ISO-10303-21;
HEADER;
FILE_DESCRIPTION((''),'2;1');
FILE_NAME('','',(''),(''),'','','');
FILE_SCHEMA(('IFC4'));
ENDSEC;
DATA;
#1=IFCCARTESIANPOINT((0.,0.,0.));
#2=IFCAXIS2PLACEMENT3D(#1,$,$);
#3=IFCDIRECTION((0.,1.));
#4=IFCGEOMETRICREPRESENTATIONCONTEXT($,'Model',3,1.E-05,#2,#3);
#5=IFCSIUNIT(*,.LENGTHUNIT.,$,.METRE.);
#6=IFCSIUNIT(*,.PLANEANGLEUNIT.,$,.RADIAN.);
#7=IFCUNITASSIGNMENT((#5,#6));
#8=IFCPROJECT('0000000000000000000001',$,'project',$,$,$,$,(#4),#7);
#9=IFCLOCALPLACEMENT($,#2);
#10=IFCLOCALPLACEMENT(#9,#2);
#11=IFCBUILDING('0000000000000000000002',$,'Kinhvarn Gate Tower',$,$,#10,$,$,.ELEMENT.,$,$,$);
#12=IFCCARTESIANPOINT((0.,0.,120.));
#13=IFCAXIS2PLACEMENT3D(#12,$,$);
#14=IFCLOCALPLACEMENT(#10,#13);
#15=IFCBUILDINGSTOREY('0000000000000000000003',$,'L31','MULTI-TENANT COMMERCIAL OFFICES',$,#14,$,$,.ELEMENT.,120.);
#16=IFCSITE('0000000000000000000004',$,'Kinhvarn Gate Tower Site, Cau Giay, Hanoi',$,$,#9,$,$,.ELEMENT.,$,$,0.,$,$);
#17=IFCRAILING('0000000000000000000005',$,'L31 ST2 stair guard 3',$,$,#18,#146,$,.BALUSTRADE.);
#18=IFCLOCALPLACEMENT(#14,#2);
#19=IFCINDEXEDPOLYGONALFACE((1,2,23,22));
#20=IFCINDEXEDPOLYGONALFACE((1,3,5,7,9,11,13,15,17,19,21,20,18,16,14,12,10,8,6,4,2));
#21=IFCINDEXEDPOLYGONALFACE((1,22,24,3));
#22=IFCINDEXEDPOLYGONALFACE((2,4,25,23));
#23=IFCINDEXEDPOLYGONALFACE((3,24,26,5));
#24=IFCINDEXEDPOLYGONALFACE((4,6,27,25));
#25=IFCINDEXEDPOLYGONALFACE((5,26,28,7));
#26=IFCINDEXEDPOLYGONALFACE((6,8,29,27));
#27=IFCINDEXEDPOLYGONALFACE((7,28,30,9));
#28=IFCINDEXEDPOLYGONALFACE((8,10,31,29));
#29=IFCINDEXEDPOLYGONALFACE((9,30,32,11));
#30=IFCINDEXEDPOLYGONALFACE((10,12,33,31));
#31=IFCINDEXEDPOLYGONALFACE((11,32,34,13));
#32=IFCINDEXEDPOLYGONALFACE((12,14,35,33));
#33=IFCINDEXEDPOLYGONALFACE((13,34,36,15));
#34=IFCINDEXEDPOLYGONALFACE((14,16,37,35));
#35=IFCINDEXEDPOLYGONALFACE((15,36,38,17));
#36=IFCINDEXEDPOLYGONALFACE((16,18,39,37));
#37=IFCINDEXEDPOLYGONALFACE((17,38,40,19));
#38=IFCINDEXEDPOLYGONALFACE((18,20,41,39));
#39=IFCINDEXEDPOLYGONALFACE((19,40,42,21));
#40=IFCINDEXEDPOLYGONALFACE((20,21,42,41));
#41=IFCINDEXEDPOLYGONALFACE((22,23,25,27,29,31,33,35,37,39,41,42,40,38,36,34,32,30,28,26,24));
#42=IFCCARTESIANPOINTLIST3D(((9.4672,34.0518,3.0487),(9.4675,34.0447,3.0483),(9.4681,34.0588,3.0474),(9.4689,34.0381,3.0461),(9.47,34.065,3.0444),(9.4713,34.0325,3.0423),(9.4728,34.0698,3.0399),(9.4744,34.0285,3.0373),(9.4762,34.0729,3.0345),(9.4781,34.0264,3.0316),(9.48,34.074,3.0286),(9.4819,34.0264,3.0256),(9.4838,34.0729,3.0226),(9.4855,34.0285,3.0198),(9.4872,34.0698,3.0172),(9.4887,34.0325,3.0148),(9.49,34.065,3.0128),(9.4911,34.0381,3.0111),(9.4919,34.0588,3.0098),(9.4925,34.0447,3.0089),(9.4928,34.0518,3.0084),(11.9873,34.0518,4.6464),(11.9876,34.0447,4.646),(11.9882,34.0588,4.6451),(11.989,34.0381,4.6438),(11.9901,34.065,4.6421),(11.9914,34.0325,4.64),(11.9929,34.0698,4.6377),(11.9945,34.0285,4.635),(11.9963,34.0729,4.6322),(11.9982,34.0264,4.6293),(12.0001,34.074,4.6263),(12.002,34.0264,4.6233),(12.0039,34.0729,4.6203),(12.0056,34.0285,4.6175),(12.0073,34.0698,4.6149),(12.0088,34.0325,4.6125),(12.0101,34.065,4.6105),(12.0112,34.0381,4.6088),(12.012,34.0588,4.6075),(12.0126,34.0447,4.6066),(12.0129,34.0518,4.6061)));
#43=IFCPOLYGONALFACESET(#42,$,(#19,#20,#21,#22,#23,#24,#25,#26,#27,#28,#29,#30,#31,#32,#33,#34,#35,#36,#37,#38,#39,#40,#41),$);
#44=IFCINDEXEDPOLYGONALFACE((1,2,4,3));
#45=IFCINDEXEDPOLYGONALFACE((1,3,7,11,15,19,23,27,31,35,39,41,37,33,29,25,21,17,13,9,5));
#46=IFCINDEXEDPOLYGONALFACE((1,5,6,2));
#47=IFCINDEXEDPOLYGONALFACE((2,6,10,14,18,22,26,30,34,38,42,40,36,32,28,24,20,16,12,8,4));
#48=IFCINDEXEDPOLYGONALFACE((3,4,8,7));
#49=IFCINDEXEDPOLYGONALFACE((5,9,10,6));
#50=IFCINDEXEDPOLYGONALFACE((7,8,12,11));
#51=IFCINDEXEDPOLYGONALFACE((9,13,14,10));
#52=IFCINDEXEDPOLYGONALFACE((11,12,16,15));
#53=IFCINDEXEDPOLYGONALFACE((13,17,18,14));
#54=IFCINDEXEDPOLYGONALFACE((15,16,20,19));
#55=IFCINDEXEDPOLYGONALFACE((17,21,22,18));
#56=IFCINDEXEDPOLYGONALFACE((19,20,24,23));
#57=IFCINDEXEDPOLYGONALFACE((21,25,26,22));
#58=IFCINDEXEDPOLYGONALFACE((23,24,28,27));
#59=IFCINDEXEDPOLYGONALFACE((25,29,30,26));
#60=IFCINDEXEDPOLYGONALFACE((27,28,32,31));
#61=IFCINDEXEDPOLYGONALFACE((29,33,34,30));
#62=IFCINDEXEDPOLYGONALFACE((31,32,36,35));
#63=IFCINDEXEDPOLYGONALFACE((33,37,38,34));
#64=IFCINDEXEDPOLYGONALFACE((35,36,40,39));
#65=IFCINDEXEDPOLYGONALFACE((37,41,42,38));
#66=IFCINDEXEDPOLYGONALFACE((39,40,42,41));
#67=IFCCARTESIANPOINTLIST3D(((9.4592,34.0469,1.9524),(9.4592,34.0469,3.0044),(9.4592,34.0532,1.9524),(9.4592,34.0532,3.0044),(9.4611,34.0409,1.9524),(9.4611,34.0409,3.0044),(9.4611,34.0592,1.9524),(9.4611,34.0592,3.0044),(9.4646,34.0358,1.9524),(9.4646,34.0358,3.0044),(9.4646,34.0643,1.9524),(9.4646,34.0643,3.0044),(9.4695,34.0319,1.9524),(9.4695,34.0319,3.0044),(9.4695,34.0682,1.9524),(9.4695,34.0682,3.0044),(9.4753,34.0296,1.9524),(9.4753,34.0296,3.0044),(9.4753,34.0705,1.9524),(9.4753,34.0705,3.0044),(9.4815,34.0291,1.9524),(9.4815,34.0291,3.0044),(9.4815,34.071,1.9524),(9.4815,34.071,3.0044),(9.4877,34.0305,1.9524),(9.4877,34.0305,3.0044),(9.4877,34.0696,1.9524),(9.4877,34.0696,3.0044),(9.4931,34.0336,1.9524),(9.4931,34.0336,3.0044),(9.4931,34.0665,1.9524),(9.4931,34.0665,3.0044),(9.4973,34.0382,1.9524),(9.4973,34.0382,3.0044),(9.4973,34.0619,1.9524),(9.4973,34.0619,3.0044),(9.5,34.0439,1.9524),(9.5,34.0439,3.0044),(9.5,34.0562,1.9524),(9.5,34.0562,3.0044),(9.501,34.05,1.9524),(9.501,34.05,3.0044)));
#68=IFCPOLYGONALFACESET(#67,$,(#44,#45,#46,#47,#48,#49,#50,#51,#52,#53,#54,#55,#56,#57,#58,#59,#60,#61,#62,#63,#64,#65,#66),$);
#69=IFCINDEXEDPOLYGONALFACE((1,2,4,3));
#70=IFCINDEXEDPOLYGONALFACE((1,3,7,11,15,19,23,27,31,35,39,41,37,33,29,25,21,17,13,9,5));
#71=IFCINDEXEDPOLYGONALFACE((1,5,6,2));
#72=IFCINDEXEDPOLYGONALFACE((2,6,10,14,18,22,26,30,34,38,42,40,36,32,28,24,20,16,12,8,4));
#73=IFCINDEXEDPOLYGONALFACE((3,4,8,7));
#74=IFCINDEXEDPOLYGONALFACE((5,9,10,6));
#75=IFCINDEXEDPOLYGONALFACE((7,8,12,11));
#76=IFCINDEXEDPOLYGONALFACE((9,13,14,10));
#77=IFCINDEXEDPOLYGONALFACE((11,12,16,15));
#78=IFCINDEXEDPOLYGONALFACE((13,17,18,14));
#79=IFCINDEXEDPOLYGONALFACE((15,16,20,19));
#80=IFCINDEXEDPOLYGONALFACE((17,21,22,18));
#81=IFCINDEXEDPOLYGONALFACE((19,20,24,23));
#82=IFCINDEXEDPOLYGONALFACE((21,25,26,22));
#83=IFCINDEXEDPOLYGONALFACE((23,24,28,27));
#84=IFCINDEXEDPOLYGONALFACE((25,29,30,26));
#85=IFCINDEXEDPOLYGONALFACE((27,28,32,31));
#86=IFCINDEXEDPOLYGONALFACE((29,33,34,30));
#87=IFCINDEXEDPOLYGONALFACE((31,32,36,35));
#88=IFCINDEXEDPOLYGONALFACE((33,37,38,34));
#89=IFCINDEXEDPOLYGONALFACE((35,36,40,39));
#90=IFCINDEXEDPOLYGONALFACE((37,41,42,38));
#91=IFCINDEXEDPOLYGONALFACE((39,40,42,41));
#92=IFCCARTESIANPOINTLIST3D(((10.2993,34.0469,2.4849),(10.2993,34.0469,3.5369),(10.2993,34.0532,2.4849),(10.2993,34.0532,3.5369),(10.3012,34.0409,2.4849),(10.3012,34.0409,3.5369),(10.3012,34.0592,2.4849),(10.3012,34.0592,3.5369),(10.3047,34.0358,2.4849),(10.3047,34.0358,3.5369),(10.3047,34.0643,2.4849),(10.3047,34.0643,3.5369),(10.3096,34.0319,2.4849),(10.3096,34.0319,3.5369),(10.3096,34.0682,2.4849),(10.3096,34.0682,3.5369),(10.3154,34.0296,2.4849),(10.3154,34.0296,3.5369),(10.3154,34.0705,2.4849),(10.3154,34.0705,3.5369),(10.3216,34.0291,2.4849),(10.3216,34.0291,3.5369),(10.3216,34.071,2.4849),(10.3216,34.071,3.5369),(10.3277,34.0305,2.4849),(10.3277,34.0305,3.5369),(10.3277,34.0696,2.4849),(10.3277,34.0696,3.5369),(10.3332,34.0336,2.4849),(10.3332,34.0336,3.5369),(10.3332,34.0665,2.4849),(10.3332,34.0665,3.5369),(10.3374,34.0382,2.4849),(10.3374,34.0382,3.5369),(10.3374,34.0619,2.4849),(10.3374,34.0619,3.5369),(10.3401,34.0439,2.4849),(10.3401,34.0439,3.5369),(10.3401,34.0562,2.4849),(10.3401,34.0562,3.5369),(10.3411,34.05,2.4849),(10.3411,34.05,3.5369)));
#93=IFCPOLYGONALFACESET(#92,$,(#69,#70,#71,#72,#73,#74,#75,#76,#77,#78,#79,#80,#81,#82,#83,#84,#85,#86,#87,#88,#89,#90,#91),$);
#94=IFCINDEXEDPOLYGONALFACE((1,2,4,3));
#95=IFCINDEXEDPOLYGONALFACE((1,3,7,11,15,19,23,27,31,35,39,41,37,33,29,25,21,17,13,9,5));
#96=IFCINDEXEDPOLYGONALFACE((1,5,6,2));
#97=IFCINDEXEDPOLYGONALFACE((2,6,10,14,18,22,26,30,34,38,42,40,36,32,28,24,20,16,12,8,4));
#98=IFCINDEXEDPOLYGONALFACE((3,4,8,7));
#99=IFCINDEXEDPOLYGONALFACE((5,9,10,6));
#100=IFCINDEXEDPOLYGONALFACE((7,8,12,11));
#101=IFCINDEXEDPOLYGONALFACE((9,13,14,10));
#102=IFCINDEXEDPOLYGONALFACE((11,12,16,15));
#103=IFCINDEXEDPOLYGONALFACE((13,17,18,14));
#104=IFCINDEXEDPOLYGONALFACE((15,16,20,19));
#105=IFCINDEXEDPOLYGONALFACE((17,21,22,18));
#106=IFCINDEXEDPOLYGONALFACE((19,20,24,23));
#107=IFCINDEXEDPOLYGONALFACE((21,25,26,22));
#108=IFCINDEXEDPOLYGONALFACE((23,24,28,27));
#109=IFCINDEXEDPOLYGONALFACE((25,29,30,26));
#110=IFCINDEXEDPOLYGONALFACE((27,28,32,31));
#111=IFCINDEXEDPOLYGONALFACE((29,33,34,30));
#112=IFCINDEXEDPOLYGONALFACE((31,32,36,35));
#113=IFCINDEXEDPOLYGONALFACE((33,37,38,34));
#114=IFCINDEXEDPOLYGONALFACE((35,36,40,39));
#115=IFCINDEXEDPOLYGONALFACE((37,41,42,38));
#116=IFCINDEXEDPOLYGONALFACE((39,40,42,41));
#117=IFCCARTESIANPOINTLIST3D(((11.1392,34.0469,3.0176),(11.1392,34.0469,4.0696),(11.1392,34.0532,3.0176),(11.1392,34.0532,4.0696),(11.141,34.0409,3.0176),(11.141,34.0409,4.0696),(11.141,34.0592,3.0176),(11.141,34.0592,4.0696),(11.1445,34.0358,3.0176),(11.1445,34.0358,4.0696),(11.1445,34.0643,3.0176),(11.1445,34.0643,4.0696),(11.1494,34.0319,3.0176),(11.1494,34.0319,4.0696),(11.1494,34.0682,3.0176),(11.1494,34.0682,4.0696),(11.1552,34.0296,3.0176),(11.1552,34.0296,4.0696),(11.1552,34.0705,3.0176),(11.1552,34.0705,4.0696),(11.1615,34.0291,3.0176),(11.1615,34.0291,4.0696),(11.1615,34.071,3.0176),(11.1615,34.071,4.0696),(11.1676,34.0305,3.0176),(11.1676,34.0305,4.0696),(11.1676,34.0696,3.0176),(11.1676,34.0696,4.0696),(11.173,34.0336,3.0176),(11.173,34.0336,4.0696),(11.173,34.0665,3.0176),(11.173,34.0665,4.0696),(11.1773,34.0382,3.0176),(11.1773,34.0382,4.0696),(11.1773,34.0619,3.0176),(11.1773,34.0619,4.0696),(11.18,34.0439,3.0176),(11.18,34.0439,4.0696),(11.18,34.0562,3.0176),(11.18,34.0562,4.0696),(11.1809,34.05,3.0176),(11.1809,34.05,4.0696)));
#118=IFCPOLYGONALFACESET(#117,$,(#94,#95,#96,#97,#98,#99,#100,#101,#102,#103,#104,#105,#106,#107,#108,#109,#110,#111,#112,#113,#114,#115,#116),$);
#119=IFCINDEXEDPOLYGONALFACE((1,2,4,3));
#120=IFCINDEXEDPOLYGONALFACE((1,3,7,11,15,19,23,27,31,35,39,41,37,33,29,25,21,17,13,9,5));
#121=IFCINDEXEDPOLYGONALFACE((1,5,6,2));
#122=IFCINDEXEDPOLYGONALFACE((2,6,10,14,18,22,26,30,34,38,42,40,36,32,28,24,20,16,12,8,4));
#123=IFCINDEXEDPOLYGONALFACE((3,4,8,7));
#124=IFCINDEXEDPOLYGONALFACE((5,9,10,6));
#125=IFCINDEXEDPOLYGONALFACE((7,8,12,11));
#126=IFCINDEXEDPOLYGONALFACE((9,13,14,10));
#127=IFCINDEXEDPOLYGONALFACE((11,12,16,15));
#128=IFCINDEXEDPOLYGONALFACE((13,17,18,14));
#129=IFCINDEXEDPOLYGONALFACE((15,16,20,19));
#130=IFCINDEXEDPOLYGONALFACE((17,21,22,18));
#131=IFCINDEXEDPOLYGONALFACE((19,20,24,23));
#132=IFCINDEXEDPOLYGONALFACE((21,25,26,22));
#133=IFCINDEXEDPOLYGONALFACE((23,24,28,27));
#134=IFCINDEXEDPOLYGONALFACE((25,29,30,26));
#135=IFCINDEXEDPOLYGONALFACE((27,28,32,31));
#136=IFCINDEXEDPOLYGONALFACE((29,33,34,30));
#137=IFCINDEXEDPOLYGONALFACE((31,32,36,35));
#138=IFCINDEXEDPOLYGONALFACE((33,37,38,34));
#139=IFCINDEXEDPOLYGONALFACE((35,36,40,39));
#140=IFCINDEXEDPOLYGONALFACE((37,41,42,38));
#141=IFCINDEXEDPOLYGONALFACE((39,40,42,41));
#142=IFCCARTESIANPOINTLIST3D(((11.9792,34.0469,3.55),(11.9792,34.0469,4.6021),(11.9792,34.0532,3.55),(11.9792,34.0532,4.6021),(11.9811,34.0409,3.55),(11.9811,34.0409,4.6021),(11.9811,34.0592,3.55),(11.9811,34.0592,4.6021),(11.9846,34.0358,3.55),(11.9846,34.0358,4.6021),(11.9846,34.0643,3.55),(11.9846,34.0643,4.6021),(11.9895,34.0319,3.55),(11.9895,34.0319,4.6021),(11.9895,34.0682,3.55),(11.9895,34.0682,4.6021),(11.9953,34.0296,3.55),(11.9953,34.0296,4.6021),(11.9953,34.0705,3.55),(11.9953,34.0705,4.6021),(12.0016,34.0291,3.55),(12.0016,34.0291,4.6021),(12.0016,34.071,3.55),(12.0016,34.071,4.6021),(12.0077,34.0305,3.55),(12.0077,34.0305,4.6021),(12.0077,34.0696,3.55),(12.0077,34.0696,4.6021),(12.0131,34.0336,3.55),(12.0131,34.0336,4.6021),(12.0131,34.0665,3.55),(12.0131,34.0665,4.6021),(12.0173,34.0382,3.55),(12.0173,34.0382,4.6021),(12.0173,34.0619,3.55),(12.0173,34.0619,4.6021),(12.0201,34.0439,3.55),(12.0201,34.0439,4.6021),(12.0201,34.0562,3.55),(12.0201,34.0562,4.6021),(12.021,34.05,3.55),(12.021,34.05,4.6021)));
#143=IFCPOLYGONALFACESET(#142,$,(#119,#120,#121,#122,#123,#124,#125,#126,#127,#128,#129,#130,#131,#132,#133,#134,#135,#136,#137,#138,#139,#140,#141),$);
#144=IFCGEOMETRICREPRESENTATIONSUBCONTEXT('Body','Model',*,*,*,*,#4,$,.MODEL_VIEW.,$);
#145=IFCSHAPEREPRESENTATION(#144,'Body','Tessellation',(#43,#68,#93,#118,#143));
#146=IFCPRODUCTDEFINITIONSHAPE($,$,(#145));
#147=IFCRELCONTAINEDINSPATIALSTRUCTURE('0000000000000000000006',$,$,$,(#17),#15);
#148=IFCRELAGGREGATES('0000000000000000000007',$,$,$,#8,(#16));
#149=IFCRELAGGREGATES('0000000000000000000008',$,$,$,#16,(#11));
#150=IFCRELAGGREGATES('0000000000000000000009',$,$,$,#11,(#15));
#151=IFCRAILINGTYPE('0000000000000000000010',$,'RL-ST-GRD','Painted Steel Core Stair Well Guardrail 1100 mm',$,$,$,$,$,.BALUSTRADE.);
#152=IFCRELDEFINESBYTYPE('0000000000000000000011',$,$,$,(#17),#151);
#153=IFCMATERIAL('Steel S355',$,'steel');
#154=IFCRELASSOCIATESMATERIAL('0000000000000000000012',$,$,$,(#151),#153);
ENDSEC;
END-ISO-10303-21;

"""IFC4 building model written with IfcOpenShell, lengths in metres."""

from ifc_helpers import new_model, si_unit, direction, frame, origin, origin_2d, place, context, subcontext, project, spatial, circle, extrude, material, type_object, element, save


model = new_model("IFC4")

# Units and contexts
model_context = context("Model", 3, precision=1e-05, world=origin(), true_north=direction((0.0, 1.0)))
body_context = subcontext(model_context, "Body", "Model", "MODEL_VIEW")
ifc_project = project(units=[si_unit("LENGTHUNIT", "METRE"), si_unit("PLANEANGLEUNIT", "RADIAN")], contexts=[model_context])

# Site, building, storey
site_placement = place(None, origin())
site = spatial("IfcSite", under=ifc_project, at=site_placement, Name="Kinhvarn Gate Tower Site, Cau Giay, Hanoi", CompositionType="ELEMENT", RefElevation=0.0)
building_placement = place(site_placement, origin())
building = spatial("IfcBuilding", under=site, at=building_placement, Name="Kinhvarn Gate Tower", CompositionType="ELEMENT")
storey_placement = place(building_placement, frame((0.0, 0.0, 120.0)))
storey = spatial("IfcBuildingStorey", under=building, at=storey_placement, Name="L31", Description="MULTI-TENANT COMMERCIAL OFFICES", CompositionType="ELEMENT", Elevation=120.0)

# Shared definitions
ifc_material_1 = material(Name="Steel S355", Category="steel")

# Railing
railing_type_1 = type_object("IfcRailingType", Name="RL-ST-GRD", Description="Painted Steel Core Stair Well Guardrail 1100 mm", PredefinedType="BALUSTRADE", material=ifc_material_1)
railing_1_placement = place(storey_placement, frame((9.48, 34.05, 1.9524)))
element("IfcRailing", 1, at=railing_1_placement, inside=storey, type_object=railing_type_1, Name="L31 ST2 stair guard 3", PredefinedType="BALUSTRADE", context=body_context, shape_type="SweptSolid", body=[
    extrude(circle(Radius=0.0239, at=origin_2d()), frame((0.0, 0.0, 1.0762), z_axis=(0.84457, 0.0, 0.535445), x_axis=(0.0, 1.0, 0.0)), (0.0, 0.0, 1.0), 2.9839),
    extrude(circle(Radius=0.021, at=origin_2d()), origin(), (0.0, 0.0, 1.0), 1.052),
    extrude(circle(Radius=0.021, at=origin_2d()), frame((0.8401, 0.0, 0.5325)), (0.0, 0.0, 1.0), 1.052),
    extrude(circle(Radius=0.021, at=origin_2d()), frame((1.6799, 0.0, 1.0652)), (0.0, 0.0, 1.0), 1.052),
    extrude(circle(Radius=0.021, at=origin_2d()), frame((2.52, 0.0, 1.5977)), (0.0, 0.0, 1.0), 1.052),
])

save(model, "model.ifc")
